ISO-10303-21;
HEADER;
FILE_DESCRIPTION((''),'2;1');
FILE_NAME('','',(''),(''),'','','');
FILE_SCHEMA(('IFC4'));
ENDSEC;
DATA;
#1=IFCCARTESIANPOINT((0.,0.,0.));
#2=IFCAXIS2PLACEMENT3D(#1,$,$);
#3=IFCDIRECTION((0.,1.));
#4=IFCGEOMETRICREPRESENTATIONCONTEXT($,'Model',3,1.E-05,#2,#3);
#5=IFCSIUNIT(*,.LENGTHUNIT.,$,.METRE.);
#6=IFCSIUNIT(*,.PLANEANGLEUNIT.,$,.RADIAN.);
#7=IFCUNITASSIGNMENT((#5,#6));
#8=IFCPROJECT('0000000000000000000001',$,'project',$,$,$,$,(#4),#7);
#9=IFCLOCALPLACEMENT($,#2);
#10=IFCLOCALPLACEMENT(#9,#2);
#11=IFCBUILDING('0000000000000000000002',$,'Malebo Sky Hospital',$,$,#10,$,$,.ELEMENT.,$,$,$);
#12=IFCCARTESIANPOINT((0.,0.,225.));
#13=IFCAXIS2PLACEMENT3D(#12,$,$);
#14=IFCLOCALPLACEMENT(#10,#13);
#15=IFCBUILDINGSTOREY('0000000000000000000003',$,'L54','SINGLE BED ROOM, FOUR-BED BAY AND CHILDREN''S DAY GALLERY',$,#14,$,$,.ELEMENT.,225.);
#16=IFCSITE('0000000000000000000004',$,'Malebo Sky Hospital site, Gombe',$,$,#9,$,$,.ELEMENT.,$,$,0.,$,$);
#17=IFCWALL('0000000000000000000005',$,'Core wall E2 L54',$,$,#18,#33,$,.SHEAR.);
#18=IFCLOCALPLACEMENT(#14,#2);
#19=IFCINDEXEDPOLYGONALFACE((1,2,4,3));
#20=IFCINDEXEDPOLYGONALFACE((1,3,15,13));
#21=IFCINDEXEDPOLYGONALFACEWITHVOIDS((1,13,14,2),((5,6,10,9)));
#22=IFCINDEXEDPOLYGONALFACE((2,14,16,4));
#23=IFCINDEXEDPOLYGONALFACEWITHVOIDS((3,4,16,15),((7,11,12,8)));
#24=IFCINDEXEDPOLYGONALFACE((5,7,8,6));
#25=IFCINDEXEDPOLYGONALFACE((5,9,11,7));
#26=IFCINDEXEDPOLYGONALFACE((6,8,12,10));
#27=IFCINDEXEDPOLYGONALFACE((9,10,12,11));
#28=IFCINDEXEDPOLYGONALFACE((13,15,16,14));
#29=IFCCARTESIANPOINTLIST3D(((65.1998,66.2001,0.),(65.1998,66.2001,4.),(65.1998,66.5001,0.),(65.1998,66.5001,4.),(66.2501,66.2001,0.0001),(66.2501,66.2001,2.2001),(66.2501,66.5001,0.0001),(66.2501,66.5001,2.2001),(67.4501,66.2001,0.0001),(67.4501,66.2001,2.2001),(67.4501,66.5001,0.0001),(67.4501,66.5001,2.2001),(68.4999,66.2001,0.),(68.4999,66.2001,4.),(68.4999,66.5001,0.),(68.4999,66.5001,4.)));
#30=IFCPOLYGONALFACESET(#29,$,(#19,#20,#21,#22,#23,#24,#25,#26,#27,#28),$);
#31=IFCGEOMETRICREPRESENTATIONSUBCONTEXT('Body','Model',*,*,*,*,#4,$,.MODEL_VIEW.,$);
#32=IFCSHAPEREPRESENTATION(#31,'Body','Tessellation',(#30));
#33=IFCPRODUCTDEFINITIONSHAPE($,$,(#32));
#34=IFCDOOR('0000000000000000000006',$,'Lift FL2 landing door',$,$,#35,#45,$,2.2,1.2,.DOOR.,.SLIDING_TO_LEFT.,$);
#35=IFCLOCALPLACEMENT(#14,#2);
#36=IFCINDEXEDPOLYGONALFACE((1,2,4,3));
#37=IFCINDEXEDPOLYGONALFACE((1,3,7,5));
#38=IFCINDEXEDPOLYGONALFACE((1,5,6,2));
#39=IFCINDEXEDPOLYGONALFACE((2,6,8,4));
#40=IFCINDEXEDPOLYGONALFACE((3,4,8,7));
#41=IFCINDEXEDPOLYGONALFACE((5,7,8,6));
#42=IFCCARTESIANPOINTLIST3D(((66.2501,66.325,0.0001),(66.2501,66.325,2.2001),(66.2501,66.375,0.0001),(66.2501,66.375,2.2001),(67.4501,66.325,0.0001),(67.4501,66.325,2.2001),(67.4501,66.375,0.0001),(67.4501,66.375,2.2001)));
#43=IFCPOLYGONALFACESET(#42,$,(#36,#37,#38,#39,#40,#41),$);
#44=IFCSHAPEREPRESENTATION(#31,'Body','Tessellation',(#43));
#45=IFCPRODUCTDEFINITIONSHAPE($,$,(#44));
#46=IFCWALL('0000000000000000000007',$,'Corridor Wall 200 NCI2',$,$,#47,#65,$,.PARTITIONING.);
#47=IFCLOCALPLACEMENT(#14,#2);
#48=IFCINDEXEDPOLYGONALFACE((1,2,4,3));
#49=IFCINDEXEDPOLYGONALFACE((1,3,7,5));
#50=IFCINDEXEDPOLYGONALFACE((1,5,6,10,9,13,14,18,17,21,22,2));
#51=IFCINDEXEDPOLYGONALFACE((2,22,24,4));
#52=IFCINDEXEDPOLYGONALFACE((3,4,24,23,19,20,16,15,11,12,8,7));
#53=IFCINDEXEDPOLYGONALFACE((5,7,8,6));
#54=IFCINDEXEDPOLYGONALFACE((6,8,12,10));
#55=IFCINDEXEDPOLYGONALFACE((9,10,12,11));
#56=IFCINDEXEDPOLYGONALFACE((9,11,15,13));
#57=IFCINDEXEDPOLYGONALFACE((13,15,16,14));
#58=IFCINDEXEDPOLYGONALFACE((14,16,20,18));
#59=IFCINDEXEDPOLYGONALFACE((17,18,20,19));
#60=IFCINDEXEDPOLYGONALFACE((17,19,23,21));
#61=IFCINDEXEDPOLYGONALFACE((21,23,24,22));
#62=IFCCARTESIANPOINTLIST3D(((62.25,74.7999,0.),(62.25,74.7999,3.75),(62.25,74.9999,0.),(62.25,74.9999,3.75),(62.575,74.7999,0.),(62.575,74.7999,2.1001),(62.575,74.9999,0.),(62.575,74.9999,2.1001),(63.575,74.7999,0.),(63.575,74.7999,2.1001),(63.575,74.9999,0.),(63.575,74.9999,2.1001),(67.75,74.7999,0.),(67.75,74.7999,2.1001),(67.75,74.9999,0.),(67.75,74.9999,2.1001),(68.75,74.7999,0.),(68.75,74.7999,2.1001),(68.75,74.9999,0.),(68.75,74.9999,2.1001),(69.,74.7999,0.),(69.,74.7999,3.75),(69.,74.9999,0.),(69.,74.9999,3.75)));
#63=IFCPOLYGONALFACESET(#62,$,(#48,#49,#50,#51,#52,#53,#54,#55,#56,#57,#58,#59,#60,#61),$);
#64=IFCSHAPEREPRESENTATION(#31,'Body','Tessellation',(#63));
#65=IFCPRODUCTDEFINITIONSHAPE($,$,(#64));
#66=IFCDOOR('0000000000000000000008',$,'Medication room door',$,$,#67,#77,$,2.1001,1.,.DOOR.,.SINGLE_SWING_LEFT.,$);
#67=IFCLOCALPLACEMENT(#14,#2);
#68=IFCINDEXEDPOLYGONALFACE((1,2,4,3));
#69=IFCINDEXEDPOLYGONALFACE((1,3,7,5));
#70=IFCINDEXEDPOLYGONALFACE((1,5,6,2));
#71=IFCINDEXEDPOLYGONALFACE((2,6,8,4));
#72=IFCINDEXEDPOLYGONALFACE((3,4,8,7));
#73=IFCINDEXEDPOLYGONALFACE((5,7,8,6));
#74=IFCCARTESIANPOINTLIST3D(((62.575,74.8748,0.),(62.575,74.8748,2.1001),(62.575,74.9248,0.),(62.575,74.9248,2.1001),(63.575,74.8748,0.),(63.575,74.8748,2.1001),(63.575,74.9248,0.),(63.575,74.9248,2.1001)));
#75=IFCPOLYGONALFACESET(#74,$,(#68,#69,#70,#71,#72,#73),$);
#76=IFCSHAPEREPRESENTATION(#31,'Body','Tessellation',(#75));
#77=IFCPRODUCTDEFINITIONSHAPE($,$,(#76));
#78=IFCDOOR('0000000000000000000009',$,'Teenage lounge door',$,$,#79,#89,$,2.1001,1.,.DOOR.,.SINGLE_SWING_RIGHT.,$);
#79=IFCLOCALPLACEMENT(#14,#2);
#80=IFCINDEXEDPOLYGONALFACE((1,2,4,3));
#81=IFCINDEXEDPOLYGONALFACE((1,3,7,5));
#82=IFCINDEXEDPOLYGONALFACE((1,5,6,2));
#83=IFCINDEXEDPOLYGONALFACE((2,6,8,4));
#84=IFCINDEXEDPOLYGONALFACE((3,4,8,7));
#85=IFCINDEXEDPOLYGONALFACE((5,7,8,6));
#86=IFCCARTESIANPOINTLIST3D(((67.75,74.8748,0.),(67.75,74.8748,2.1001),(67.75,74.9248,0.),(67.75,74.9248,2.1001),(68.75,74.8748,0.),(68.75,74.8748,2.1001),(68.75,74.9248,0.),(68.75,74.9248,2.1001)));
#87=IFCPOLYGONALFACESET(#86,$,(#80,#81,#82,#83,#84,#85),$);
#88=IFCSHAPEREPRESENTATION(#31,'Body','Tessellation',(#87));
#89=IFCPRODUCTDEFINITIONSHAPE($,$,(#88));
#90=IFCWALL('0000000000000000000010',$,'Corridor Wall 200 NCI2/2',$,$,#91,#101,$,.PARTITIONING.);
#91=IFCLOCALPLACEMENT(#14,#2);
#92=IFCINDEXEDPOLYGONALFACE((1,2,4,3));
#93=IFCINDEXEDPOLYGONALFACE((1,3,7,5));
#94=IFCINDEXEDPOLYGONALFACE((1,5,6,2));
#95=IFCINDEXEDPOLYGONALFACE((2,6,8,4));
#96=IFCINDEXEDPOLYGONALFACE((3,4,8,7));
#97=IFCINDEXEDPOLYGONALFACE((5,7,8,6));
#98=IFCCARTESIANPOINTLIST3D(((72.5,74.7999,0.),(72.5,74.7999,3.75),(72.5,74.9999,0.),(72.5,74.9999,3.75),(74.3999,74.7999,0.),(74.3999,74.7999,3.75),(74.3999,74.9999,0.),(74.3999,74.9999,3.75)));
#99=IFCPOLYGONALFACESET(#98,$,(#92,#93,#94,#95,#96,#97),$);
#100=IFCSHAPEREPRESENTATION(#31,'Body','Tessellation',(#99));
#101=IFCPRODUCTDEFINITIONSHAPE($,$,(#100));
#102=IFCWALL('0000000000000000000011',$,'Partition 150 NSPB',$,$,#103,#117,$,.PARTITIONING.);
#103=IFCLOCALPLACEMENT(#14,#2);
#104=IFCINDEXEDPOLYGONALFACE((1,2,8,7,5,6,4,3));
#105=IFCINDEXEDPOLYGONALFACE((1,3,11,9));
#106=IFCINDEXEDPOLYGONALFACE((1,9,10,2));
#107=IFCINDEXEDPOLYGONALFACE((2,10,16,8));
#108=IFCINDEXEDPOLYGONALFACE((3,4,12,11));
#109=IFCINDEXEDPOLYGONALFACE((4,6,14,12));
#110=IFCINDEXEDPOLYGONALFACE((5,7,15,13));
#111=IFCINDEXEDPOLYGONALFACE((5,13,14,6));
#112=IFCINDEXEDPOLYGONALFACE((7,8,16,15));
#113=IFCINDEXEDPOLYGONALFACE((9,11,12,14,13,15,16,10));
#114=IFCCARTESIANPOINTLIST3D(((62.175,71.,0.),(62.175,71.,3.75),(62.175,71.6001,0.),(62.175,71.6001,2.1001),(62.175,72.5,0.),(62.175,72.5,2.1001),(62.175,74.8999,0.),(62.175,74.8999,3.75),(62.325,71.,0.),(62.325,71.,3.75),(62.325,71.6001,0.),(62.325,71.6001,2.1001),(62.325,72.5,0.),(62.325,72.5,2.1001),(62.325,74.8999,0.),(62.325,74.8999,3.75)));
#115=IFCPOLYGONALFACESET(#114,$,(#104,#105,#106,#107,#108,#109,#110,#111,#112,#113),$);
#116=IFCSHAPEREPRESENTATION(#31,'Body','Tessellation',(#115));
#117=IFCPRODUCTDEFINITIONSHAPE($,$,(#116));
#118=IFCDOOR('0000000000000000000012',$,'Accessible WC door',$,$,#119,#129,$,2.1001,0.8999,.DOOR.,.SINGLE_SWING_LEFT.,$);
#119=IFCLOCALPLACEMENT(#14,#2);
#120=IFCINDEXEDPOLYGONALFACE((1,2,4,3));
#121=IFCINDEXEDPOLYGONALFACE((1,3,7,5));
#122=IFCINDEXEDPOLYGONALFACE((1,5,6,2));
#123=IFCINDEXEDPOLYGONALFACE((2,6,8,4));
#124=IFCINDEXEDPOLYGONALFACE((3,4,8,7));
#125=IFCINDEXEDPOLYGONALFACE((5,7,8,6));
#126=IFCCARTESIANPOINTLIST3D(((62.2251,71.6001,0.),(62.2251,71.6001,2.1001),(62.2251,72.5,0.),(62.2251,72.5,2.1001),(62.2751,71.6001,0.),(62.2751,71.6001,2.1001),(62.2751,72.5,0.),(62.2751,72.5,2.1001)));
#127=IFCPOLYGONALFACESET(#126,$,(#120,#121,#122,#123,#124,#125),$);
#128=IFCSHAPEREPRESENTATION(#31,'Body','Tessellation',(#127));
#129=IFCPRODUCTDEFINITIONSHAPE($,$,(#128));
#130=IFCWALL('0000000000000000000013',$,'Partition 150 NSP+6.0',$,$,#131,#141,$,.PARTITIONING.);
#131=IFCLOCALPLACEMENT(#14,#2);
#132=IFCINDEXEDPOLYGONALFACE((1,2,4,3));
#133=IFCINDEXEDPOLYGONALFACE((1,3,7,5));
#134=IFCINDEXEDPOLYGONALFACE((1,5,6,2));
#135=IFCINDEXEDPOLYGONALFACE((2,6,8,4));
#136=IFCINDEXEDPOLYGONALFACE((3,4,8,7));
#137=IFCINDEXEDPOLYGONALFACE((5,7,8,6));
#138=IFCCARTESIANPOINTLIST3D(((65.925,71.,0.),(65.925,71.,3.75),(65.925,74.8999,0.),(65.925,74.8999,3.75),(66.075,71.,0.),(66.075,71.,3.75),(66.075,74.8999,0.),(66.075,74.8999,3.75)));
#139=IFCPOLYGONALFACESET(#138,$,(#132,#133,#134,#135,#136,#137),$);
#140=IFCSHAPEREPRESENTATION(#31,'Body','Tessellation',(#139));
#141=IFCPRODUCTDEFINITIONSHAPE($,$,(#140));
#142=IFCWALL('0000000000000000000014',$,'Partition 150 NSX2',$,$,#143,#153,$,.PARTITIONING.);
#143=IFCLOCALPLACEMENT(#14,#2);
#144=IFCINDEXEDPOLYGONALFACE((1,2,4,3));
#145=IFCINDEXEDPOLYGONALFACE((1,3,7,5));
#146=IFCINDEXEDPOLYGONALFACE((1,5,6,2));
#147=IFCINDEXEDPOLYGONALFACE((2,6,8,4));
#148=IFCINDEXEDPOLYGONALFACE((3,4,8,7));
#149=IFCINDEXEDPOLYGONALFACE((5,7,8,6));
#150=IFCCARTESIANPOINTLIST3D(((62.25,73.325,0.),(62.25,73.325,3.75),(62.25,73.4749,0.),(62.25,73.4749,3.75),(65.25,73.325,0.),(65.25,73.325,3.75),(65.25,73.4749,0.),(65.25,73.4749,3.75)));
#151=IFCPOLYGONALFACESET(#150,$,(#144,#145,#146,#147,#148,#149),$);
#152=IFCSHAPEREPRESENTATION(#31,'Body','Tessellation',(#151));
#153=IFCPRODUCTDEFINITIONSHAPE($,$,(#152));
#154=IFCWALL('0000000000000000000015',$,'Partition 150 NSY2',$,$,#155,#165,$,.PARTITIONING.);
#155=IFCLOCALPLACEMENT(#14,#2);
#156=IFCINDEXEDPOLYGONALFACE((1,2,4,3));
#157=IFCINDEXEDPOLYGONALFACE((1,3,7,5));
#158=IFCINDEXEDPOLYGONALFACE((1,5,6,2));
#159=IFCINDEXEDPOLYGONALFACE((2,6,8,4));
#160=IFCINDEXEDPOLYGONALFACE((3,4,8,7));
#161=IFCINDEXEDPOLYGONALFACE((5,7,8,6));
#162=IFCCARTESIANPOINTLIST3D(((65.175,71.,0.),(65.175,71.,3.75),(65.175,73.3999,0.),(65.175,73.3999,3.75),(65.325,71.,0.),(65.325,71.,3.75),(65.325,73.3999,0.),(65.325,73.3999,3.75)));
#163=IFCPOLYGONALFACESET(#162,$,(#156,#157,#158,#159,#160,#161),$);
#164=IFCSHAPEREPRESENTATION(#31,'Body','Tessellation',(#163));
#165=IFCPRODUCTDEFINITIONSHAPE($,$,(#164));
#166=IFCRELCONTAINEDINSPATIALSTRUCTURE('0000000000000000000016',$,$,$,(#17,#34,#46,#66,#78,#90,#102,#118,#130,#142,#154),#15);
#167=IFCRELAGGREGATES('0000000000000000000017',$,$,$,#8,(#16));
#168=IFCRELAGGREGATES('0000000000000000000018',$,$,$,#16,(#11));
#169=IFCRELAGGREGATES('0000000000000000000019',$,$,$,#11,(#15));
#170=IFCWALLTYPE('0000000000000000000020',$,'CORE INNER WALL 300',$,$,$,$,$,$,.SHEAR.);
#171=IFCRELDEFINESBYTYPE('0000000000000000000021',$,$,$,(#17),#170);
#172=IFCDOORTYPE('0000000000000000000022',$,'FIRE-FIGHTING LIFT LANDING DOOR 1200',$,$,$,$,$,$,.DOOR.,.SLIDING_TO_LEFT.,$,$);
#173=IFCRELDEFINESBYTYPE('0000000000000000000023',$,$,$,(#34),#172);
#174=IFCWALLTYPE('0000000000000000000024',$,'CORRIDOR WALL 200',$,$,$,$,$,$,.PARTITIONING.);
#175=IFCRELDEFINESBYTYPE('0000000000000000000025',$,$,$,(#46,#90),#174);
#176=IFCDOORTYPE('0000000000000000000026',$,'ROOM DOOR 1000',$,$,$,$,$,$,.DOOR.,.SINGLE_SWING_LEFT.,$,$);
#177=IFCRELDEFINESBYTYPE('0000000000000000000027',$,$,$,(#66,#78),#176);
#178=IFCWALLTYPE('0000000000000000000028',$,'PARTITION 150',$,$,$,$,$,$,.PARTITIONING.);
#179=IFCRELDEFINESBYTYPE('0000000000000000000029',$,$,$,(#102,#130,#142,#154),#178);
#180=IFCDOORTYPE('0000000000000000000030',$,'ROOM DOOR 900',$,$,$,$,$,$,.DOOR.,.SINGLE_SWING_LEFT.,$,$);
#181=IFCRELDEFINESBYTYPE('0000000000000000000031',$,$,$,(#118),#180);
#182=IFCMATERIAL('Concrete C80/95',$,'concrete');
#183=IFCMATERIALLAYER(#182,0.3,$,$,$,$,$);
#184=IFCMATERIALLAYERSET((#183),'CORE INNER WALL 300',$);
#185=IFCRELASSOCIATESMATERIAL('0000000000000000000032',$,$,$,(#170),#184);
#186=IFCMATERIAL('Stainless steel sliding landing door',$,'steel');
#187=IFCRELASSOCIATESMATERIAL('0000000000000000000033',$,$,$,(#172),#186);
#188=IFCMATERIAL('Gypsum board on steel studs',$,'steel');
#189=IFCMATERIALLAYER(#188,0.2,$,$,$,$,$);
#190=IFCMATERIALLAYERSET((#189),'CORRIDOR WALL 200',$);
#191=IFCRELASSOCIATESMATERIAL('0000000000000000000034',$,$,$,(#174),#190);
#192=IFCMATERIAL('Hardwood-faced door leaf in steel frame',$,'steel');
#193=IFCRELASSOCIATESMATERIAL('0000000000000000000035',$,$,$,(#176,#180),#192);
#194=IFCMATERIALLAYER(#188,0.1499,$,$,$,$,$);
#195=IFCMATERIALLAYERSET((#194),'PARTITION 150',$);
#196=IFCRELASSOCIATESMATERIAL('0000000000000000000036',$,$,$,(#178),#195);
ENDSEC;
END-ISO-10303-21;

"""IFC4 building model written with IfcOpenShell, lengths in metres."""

from ifc_helpers import new_model, si_unit, direction, frame, frame_2d, origin, place, context, subcontext, project, spatial, rectangle, extrude, material, layer, layer_set, type_object, element, fill, save


model = new_model("IFC4")

# Units and contexts
model_context = context("Model", 3, precision=1e-05, world=origin(), true_north=direction((0.0, 1.0)))
body_context = subcontext(model_context, "Body", "Model", "MODEL_VIEW")
ifc_project = project(units=[si_unit("LENGTHUNIT", "METRE"), si_unit("PLANEANGLEUNIT", "RADIAN")], contexts=[model_context])

# Site, building, storey
site_placement = place(None, origin())
site = spatial("IfcSite", under=ifc_project, at=site_placement, Name="Malebo Sky Hospital site, Gombe", CompositionType="ELEMENT", RefElevation=0.0)
building_placement = place(site_placement, origin())
building = spatial("IfcBuilding", under=site, at=building_placement, Name="Malebo Sky Hospital", CompositionType="ELEMENT")
storey_placement = place(building_placement, frame((0.0, 0.0, 225.0)))
storey = spatial("IfcBuildingStorey", under=building, at=storey_placement, Name="L54", Description="SINGLE BED ROOM, FOUR-BED BAY AND CHILDREN'S DAY GALLERY", CompositionType="ELEMENT", Elevation=225.0)

# Shared definitions
ifc_material_1 = material(Name="Concrete C80/95", Category="concrete")

# Wall, opening, door
ifc_layer_1 = layer(ifc_material_1, 0.3)
ifc_layer_set_1 = layer_set([ifc_layer_1], Name="CORE INNER WALL 300")
wall_type_1 = type_object("IfcWallType", Name="CORE INNER WALL 300", PredefinedType="SHEAR", material=ifc_layer_set_1)
wall_1_placement = place(storey_placement, frame((65.2, 66.3501, 0.0), z_axis=(0.0, 0.0, 1.0), x_axis=(1.0, 0.0, 0.0)))
wall_1 = element("IfcWall", 1, at=wall_1_placement, inside=storey, type_object=wall_type_1, Name="Core wall E2 L54", PredefinedType="SHEAR", context=body_context, shape_type="SweptSolid", body=[
    extrude(rectangle(XDim=3.3, YDim=0.3, at=frame_2d((1.6499, 0.0))), origin(), (0.0, 0.0, 1.0), 4.0),
])
opening_1_placement = place(wall_1_placement, frame((1.05, 0.0, 0.0)))
opening_1 = element("IfcOpeningElement", 2, at=opening_1_placement, cuts=wall_1, PredefinedType="OPENING", context=body_context, shape_type="SweptSolid", body=[
    extrude(rectangle(XDim=1.2, YDim=2.2, at=frame_2d((0.6001, 1.1001))), frame((0.0, 0.1599, 0.0), z_axis=(0.0, -1.0, 0.0), x_axis=(1.0, 0.0, 0.0)), (0.0, 0.0, 1.0), 0.3201),
])
ifc_material_2 = material(Name="Stainless steel sliding landing door", Category="steel")
door_type_1 = type_object("IfcDoorType", Name="FIRE-FIGHTING LIFT LANDING DOOR 1200", OperationType="SLIDING_TO_LEFT", PredefinedType="DOOR", material=ifc_material_2)
door_1_placement = place(opening_1_placement, origin())
door_1 = element("IfcDoor", 3, at=door_1_placement, inside=storey, type_object=door_type_1, Name="Lift FL2 landing door", OperationType="SLIDING_TO_LEFT", OverallHeight=2.2, OverallWidth=1.2, PredefinedType="DOOR", context=body_context, shape_type="SweptSolid", body=[
    extrude(rectangle(XDim=1.2, YDim=2.2, at=frame_2d((0.6001, 1.1001))), frame((0.0, 0.0249, 0.0), z_axis=(0.0, -1.0, 0.0), x_axis=(1.0, 0.0, 0.0)), (0.0, 0.0, 1.0), 0.05),
])
fill(opening_1, door_1)

# Wall, openings, doors
ifc_material_3 = material(Name="Gypsum board on steel studs", Category="steel")
ifc_layer_2 = layer(ifc_material_3, 0.2)
ifc_layer_set_2 = layer_set([ifc_layer_2], Name="CORRIDOR WALL 200")
wall_type_2 = type_object("IfcWallType", Name="CORRIDOR WALL 200", PredefinedType="PARTITIONING", material=ifc_layer_set_2)
wall_2_placement = place(storey_placement, frame((62.25, 74.8999, 0.0), z_axis=(0.0, 0.0, 1.0), x_axis=(1.0, 0.0, 0.0)))
wall_2 = element("IfcWall", 4, at=wall_2_placement, inside=storey, type_object=wall_type_2, Name="Corridor Wall 200 NCI2", PredefinedType="PARTITIONING", context=body_context, shape_type="SweptSolid", body=[
    extrude(rectangle(XDim=6.75, YDim=0.2, at=frame_2d((3.375, 0.0))), origin(), (0.0, 0.0, 1.0), 3.75),
])
opening_2_placement = place(wall_2_placement, frame((0.325, 0.0, 0.0)))
opening_2 = element("IfcOpeningElement", 5, at=opening_2_placement, cuts=wall_2, PredefinedType="OPENING", context=body_context, shape_type="SweptSolid", body=[
    extrude(rectangle(XDim=1.0, YDim=2.1001, at=frame_2d((0.5, 1.05))), frame((0.0, 0.1099, 0.0), z_axis=(0.0, -1.0, 0.0), x_axis=(1.0, 0.0, 0.0)), (0.0, 0.0, 1.0), 0.22),
])
opening_3_placement = place(wall_2_placement, frame((5.5, 0.0, 0.0)))
opening_3 = element("IfcOpeningElement", 6, at=opening_3_placement, cuts=wall_2, PredefinedType="OPENING", context=body_context, shape_type="SweptSolid", body=[
    extrude(rectangle(XDim=1.0, YDim=2.1001, at=frame_2d((0.5, 1.05))), frame((0.0, 0.1099, 0.0), z_axis=(0.0, -1.0, 0.0), x_axis=(1.0, 0.0, 0.0)), (0.0, 0.0, 1.0), 0.22),
])
ifc_material_4 = material(Name="Hardwood-faced door leaf in steel frame", Category="steel")
door_type_2 = type_object("IfcDoorType", Name="ROOM DOOR 1000", OperationType="SINGLE_SWING_LEFT", PredefinedType="DOOR", material=ifc_material_4)
door_2_placement = place(opening_2_placement, origin())
door_2 = element("IfcDoor", 7, at=door_2_placement, inside=storey, type_object=door_type_2, Name="Medication room door", OperationType="SINGLE_SWING_LEFT", OverallHeight=2.1001, OverallWidth=1.0, PredefinedType="DOOR", context=body_context, shape_type="SweptSolid", body=[
    extrude(rectangle(XDim=1.0, YDim=2.1001, at=frame_2d((0.5, 1.05))), frame((0.0, 0.0249, 0.0), z_axis=(0.0, -1.0, 0.0), x_axis=(1.0, 0.0, 0.0)), (0.0, 0.0, 1.0), 0.05),
])
fill(opening_2, door_2)
door_3_placement = place(opening_3_placement, origin())
door_3 = element("IfcDoor", 8, at=door_3_placement, inside=storey, type_object=door_type_2, Name="Teenage lounge door", OperationType="SINGLE_SWING_RIGHT", OverallHeight=2.1001, OverallWidth=1.0, PredefinedType="DOOR", context=body_context, shape_type="SweptSolid", body=[
    extrude(rectangle(XDim=1.0, YDim=2.1001, at=frame_2d((0.5, 1.05))), frame((0.0, 0.0249, 0.0), z_axis=(0.0, -1.0, 0.0), x_axis=(1.0, 0.0, 0.0)), (0.0, 0.0, 1.0), 0.05),
])
fill(opening_3, door_3)

# Wall
wall_3_placement = place(storey_placement, frame((72.5, 74.8999, 0.0), z_axis=(0.0, 0.0, 1.0), x_axis=(1.0, 0.0, 0.0)))
element("IfcWall", 9, at=wall_3_placement, inside=storey, type_object=wall_type_2, Name="Corridor Wall 200 NCI2/2", PredefinedType="PARTITIONING", context=body_context, shape_type="SweptSolid", body=[
    extrude(rectangle(XDim=1.8999, YDim=0.2, at=frame_2d((0.95, 0.0))), origin(), (0.0, 0.0, 1.0), 3.75),
])

# Wall, opening, door
ifc_layer_3 = layer(ifc_material_3, 0.1499)
ifc_layer_set_3 = layer_set([ifc_layer_3], Name="PARTITION 150")
wall_type_3 = type_object("IfcWallType", Name="PARTITION 150", PredefinedType="PARTITIONING", material=ifc_layer_set_3)
wall_4_placement = place(storey_placement, frame((62.25, 71.0, 0.0), z_axis=(0.0, 0.0, 1.0), x_axis=(0.0, 1.0, 0.0)))
wall_4 = element("IfcWall", 10, at=wall_4_placement, inside=storey, type_object=wall_type_3, Name="Partition 150 NSPB", PredefinedType="PARTITIONING", context=body_context, shape_type="SweptSolid", body=[
    extrude(rectangle(XDim=3.8999, YDim=0.1499, at=frame_2d((1.95, 0.0))), origin(), (0.0, 0.0, 1.0), 3.75),
])
opening_4_placement = place(wall_4_placement, frame((0.6001, 0.0, 0.0)))
opening_4 = element("IfcOpeningElement", 11, at=opening_4_placement, cuts=wall_4, PredefinedType="OPENING", context=body_context, shape_type="SweptSolid", body=[
    extrude(rectangle(XDim=0.8999, YDim=2.1001, at=frame_2d((0.45, 1.05))), frame((0.0, 0.085, 0.0), z_axis=(0.0, -1.0, 0.0), x_axis=(1.0, 0.0, 0.0)), (0.0, 0.0, 1.0), 0.1699),
])
door_type_3 = type_object("IfcDoorType", Name="ROOM DOOR 900", OperationType="SINGLE_SWING_LEFT", PredefinedType="DOOR", material=ifc_material_4)
door_4_placement = place(opening_4_placement, origin())
door_4 = element("IfcDoor", 12, at=door_4_placement, inside=storey, type_object=door_type_3, Name="Accessible WC door", OperationType="SINGLE_SWING_LEFT", OverallHeight=2.1001, OverallWidth=0.8999, PredefinedType="DOOR", context=body_context, shape_type="SweptSolid", body=[
    extrude(rectangle(XDim=0.8999, YDim=2.1001, at=frame_2d((0.45, 1.05))), frame((0.0, 0.0249, 0.0), z_axis=(0.0, -1.0, 0.0), x_axis=(1.0, 0.0, 0.0)), (0.0, 0.0, 1.0), 0.05),
])
fill(opening_4, door_4)

# Walls
wall_5_placement = place(storey_placement, frame((66.0, 71.0, 0.0), z_axis=(0.0, 0.0, 1.0), x_axis=(0.0, 1.0, 0.0)))
element("IfcWall", 13, at=wall_5_placement, inside=storey, type_object=wall_type_3, Name="Partition 150 NSP+6.0", PredefinedType="PARTITIONING", context=body_context, shape_type="SweptSolid", body=[
    extrude(rectangle(XDim=3.8999, YDim=0.1499, at=frame_2d((1.95, 0.0))), origin(), (0.0, 0.0, 1.0), 3.75),
])
wall_6_placement = place(storey_placement, frame((62.25, 73.3999, 0.0), z_axis=(0.0, 0.0, 1.0), x_axis=(1.0, 0.0, 0.0)))
element("IfcWall", 14, at=wall_6_placement, inside=storey, type_object=wall_type_3, Name="Partition 150 NSX2", PredefinedType="PARTITIONING", context=body_context, shape_type="SweptSolid", body=[
    extrude(rectangle(XDim=3.0, YDim=0.1499, at=frame_2d((1.5, 0.0))), origin(), (0.0, 0.0, 1.0), 3.75),
])
wall_7_placement = place(storey_placement, frame((65.25, 71.0, 0.0), z_axis=(0.0, 0.0, 1.0), x_axis=(0.0, 1.0, 0.0)))
element("IfcWall", 15, at=wall_7_placement, inside=storey, type_object=wall_type_3, Name="Partition 150 NSY2", PredefinedType="PARTITIONING", context=body_context, shape_type="SweptSolid", body=[
    extrude(rectangle(XDim=2.3999, YDim=0.1499, at=frame_2d((1.2, 0.0))), origin(), (0.0, 0.0, 1.0), 3.75),
])

save(model, "model.ifc")
